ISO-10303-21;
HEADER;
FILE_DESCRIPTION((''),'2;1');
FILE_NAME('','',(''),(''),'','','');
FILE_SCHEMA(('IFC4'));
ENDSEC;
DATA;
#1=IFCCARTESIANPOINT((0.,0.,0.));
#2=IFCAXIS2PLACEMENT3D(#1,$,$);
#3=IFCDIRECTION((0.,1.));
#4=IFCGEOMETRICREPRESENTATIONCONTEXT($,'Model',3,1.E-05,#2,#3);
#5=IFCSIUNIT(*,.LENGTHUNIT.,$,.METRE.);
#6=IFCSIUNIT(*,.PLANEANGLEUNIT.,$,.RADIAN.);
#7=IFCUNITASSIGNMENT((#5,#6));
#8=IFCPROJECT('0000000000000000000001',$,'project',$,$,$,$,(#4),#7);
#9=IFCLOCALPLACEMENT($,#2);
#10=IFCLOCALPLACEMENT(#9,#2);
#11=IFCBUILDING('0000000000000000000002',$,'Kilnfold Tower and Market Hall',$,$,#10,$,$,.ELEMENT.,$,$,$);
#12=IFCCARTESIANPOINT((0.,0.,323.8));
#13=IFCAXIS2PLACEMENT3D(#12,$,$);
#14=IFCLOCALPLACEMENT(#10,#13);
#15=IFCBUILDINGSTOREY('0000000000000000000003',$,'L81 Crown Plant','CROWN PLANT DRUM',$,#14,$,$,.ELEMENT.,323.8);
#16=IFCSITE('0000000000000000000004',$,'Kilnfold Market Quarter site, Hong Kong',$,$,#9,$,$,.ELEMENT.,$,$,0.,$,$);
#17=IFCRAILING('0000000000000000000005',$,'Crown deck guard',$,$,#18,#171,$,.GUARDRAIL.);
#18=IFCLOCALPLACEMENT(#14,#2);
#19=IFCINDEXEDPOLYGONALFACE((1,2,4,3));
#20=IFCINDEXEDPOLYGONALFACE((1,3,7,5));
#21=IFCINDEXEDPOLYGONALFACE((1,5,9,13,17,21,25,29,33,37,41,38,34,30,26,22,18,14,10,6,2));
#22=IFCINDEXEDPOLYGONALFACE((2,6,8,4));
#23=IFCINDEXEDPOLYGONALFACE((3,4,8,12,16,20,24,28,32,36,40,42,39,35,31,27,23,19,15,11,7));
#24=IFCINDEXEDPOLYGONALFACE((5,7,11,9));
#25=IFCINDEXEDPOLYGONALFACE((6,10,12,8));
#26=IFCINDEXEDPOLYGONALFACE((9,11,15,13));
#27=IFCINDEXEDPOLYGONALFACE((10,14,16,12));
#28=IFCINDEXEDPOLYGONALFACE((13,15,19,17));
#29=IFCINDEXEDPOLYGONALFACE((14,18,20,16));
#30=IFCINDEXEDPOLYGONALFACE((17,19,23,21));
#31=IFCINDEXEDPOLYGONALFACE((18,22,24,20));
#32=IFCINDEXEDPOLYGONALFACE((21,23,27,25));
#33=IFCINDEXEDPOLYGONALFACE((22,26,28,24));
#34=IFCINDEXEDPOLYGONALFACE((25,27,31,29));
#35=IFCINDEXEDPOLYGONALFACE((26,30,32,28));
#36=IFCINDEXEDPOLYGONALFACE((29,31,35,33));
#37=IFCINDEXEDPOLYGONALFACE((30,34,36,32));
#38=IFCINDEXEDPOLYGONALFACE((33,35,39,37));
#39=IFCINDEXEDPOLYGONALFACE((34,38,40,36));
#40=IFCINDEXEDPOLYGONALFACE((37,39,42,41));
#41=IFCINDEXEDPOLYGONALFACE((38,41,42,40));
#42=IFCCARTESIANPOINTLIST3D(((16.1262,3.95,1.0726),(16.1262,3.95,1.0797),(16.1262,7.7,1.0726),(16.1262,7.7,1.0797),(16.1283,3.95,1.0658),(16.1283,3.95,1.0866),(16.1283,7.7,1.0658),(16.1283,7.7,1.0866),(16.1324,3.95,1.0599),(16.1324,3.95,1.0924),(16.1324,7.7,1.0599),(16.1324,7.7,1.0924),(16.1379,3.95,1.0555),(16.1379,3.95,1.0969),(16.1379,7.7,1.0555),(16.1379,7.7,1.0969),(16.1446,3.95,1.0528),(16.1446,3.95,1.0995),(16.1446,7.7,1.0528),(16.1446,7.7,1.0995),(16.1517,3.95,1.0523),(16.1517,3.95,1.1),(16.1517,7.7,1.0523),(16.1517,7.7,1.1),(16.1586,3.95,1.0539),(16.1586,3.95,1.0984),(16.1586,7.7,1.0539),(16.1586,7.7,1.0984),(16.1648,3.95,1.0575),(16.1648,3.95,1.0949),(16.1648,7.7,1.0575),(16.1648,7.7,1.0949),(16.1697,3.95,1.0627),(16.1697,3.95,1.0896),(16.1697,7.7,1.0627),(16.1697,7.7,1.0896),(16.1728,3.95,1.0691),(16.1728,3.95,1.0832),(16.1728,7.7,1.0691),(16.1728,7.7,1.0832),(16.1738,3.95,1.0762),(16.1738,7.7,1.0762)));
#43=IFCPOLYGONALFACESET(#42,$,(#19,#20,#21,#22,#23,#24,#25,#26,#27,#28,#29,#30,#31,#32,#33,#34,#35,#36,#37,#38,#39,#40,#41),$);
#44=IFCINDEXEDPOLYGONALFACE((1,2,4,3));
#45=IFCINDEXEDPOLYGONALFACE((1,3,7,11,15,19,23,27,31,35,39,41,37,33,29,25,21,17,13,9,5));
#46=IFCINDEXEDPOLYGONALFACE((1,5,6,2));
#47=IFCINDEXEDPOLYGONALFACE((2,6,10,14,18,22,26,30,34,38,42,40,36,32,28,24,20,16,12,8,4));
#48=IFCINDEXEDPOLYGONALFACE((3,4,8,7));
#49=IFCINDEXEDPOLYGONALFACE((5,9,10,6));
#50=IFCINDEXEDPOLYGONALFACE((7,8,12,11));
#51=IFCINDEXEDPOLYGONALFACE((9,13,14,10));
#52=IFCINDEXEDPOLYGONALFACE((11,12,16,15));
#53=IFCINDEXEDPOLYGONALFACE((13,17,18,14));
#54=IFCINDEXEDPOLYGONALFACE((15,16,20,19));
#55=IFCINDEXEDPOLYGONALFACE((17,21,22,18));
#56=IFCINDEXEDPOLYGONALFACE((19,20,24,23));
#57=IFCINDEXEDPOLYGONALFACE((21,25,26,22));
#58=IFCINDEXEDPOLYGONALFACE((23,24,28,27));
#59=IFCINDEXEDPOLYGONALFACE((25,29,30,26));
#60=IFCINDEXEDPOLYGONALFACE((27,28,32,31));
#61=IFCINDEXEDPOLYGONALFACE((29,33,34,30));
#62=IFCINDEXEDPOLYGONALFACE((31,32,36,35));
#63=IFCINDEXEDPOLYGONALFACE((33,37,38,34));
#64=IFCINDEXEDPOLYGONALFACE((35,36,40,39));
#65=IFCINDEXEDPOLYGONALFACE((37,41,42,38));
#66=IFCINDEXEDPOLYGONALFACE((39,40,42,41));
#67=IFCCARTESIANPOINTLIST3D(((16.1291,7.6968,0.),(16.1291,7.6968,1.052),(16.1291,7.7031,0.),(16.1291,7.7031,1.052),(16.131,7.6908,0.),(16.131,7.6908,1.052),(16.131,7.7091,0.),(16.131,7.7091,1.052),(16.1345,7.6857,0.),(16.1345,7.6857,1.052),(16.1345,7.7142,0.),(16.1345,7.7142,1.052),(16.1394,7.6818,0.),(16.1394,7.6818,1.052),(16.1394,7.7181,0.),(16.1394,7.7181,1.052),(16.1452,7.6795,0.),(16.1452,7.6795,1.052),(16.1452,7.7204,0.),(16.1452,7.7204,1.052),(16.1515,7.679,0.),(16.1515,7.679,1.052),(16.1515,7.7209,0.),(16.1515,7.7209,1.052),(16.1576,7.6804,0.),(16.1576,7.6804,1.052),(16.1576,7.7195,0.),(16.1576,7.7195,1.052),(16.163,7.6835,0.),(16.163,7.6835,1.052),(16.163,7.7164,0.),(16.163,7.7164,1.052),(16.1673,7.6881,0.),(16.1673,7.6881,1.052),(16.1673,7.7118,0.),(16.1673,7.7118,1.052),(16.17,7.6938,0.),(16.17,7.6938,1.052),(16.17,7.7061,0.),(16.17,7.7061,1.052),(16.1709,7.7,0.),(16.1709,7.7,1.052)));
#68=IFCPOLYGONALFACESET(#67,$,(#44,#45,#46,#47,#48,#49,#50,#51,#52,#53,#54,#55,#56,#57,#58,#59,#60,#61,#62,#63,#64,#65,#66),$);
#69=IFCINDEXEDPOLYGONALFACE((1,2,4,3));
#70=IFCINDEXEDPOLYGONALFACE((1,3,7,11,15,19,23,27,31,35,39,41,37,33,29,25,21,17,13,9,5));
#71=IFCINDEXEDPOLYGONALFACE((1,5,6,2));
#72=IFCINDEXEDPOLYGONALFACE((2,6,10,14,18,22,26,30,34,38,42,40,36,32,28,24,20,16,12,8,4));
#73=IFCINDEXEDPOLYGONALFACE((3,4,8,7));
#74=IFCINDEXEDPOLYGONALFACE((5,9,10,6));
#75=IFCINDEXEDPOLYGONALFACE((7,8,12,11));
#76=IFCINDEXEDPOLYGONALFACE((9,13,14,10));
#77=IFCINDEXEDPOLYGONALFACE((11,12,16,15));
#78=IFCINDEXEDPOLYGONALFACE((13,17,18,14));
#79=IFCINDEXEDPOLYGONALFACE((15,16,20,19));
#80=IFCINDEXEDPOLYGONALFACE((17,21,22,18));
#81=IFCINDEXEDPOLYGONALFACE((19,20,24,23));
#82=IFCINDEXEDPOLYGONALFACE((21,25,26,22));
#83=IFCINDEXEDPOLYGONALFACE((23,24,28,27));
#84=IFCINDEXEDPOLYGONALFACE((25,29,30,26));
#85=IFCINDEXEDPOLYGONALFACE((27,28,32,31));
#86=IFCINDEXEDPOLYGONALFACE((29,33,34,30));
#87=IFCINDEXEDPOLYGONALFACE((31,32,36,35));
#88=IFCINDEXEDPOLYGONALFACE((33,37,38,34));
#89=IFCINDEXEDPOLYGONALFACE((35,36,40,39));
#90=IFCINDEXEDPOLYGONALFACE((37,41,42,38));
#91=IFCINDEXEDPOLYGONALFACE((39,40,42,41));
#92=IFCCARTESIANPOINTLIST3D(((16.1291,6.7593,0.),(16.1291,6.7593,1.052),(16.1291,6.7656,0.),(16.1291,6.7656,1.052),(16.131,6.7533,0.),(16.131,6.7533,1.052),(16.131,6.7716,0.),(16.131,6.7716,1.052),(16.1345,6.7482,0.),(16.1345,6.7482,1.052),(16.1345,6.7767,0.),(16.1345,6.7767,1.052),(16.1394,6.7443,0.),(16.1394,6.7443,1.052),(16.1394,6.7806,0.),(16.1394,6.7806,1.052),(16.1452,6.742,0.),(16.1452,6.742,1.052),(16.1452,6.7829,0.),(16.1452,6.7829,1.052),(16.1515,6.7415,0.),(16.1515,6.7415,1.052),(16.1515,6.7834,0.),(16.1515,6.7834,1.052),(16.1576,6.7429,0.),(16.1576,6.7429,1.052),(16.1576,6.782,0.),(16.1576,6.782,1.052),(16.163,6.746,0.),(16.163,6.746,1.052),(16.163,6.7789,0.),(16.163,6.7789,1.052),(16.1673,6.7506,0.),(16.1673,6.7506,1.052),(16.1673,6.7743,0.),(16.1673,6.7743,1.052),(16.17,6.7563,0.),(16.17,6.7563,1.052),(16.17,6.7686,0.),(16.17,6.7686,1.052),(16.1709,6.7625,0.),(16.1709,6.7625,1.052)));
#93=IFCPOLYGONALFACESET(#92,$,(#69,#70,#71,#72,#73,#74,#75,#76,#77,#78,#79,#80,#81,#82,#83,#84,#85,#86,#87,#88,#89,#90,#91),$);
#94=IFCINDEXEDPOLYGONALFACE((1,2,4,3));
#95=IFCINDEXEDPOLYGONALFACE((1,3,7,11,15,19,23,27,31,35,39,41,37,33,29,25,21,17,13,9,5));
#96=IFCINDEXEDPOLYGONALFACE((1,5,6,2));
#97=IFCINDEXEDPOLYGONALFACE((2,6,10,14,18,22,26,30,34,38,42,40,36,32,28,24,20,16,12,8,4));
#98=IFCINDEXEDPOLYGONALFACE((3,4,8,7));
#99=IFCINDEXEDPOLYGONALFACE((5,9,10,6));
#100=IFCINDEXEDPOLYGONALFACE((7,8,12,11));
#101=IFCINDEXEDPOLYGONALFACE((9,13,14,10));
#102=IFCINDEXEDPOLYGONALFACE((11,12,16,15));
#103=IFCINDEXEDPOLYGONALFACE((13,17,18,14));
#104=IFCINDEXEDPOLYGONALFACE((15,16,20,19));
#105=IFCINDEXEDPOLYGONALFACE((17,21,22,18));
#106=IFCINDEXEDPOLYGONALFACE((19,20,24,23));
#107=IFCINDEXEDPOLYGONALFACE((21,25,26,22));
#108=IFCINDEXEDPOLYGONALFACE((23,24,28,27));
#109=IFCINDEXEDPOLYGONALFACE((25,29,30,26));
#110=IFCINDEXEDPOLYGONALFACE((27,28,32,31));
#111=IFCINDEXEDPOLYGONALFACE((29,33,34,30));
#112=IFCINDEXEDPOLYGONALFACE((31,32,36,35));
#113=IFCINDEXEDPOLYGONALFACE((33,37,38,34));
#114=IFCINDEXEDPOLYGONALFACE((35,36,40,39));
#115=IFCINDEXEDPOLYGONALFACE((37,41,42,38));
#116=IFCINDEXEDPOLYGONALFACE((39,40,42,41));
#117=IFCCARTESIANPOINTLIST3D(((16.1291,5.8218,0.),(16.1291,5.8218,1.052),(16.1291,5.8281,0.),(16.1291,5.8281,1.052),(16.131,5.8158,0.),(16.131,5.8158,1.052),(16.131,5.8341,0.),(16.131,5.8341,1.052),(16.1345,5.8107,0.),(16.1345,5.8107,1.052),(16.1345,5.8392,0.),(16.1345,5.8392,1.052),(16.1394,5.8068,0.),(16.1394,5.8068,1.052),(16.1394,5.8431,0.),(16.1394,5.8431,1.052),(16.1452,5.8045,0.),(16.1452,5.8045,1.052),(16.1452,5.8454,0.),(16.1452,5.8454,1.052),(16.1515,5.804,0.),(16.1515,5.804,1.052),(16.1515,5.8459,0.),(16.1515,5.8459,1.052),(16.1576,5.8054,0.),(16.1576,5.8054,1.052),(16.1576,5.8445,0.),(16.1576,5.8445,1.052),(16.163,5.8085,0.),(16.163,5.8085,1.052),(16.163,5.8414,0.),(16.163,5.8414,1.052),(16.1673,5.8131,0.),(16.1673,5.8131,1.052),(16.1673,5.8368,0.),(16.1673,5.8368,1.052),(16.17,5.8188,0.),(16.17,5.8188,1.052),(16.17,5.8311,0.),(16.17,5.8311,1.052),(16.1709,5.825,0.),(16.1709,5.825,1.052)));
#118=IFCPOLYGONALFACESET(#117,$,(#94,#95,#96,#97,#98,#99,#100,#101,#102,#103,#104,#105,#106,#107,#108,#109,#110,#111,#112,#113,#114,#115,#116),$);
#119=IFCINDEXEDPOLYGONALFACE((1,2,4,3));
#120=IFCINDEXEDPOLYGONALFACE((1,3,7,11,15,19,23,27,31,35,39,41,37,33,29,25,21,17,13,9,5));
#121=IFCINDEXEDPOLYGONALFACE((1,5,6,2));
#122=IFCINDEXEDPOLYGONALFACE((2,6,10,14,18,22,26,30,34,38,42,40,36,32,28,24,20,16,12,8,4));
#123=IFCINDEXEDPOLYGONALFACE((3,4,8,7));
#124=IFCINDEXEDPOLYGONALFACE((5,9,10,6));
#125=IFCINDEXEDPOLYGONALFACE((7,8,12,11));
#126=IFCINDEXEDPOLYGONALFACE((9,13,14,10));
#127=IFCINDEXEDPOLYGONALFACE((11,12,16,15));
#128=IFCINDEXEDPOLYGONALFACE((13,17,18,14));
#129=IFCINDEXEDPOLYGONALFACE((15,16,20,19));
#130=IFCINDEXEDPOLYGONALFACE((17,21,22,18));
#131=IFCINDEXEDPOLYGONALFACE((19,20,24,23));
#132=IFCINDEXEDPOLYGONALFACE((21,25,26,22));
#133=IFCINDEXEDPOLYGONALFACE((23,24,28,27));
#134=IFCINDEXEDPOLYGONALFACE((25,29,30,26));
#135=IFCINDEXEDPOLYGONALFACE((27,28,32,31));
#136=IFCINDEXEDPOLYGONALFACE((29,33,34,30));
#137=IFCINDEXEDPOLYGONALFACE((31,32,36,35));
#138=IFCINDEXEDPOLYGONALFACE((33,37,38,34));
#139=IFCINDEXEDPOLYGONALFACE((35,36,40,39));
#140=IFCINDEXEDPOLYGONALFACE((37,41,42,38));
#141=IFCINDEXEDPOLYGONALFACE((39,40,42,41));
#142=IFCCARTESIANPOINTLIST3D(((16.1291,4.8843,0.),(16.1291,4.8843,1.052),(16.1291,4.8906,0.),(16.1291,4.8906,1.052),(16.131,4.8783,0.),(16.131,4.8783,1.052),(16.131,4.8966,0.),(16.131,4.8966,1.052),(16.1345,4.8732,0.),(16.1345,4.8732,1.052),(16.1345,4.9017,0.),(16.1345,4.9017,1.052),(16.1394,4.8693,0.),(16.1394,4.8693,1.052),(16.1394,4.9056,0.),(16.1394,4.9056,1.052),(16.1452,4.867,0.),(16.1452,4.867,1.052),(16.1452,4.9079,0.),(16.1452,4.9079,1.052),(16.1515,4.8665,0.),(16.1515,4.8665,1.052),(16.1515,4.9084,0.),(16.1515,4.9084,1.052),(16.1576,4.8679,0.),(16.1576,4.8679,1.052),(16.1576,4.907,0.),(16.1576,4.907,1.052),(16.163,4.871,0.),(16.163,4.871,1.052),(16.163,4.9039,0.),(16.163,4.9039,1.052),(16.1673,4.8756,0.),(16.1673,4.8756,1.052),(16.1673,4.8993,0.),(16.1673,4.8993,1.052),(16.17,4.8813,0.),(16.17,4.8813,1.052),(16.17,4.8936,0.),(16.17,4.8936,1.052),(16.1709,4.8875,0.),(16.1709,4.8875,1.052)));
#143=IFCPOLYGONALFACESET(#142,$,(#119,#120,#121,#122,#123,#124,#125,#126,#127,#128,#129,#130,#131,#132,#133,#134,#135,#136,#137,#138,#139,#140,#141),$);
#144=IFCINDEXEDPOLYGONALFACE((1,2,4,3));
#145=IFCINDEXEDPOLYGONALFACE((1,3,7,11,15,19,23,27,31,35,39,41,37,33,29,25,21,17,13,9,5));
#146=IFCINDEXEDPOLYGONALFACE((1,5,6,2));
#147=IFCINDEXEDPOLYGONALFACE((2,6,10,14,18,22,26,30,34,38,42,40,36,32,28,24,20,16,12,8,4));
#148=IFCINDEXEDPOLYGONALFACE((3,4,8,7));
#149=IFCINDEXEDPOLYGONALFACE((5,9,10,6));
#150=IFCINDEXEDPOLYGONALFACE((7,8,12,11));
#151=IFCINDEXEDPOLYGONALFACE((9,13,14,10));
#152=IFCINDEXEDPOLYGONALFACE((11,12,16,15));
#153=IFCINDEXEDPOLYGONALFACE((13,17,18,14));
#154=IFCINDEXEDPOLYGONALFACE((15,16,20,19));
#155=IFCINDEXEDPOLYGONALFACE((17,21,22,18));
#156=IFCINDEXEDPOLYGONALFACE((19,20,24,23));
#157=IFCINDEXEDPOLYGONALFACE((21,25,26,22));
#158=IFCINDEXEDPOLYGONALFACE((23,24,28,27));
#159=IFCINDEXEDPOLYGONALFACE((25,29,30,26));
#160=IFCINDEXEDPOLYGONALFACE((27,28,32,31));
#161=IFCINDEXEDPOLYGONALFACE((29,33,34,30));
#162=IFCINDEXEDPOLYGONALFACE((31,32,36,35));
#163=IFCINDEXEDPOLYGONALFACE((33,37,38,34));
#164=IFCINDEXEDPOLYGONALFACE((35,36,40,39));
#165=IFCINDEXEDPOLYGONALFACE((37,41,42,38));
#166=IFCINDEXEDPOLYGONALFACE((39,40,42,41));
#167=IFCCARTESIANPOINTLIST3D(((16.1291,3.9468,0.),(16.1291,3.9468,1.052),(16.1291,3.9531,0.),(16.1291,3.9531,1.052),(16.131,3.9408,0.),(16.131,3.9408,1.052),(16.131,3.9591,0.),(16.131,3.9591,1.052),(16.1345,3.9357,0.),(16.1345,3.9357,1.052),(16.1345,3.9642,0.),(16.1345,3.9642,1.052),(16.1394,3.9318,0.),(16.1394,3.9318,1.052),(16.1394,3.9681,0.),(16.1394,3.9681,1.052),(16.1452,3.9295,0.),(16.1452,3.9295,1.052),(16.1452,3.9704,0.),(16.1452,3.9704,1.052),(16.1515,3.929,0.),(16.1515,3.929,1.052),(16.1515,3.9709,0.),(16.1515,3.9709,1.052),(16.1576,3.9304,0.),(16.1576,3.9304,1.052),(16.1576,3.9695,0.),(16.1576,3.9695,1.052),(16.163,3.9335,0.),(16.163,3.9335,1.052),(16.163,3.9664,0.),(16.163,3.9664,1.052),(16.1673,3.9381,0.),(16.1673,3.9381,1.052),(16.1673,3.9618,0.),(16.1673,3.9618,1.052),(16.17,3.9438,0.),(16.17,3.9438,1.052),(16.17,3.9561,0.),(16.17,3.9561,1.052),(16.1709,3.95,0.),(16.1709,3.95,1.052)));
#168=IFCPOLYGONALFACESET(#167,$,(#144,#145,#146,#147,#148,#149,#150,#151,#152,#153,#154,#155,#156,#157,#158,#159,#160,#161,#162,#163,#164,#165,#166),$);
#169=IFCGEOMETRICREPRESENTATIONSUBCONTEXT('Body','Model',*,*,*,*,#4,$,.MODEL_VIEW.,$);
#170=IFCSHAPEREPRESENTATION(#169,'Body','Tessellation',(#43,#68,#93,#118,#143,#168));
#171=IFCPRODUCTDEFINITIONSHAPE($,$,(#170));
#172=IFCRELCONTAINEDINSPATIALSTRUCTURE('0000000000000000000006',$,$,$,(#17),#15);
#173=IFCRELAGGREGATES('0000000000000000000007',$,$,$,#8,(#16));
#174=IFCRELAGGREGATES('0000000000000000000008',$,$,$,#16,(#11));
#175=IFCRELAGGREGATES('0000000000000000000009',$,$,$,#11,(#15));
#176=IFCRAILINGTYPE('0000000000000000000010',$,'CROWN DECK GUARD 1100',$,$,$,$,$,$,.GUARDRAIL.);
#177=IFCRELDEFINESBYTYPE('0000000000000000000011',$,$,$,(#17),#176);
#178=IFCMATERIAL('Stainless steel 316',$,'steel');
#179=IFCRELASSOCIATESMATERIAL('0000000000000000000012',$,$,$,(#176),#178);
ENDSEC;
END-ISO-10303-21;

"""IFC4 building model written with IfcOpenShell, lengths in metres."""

from ifc_helpers import new_model, si_unit, direction, frame, origin, origin_2d, place, context, subcontext, project, spatial, circle, extrude, material, type_object, element, save


model = new_model("IFC4")

# Units and contexts
model_context = context("Model", 3, precision=1e-05, world=origin(), true_north=direction((0.0, 1.0)))
body_context = subcontext(model_context, "Body", "Model", "MODEL_VIEW")
ifc_project = project(units=[si_unit("LENGTHUNIT", "METRE"), si_unit("PLANEANGLEUNIT", "RADIAN")], contexts=[model_context])

# Site, building, storey
site_placement = place(None, origin())
site = spatial("IfcSite", under=ifc_project, at=site_placement, Name="Kilnfold Market Quarter site, Hong Kong", CompositionType="ELEMENT", RefElevation=0.0)
building_placement = place(site_placement, origin())
building = spatial("IfcBuilding", under=site, at=building_placement, Name="Kilnfold Tower and Market Hall", CompositionType="ELEMENT")
storey_placement = place(building_placement, frame((0.0, 0.0, 323.8)))
storey = spatial("IfcBuildingStorey", under=building, at=storey_placement, Name="L81 Crown Plant", Description="CROWN PLANT DRUM", CompositionType="ELEMENT", Elevation=323.8)

# Railing
ifc_material_1 = material(Name="Stainless steel 316", Category="steel")
railing_type = type_object("IfcRailingType", Name="CROWN DECK GUARD 1100", PredefinedType="GUARDRAIL", material=ifc_material_1)
railing_1_placement = place(storey_placement, frame((16.1499, 7.7, 0.0)))
element("IfcRailing", 1, at=railing_1_placement, inside=storey, type_object=railing_type, Name="Crown deck guard", PredefinedType="GUARDRAIL", context=body_context, shape_type="SweptSolid", body=[
    extrude(circle(Radius=0.0239, at=origin_2d()), frame((0.0, 0.0, 1.0762), z_axis=(0.0, -1.0, 0.0), x_axis=(1.0, 0.0, 0.0)), (0.0, 0.0, 1.0), 3.75),
    extrude(circle(Radius=0.021, at=origin_2d()), origin(), (0.0, 0.0, 1.0), 1.052),
    extrude(circle(Radius=0.021, at=origin_2d()), frame((0.0, -0.9375, 0.0)), (0.0, 0.0, 1.0), 1.052),
    extrude(circle(Radius=0.021, at=origin_2d()), frame((0.0, -1.875, 0.0)), (0.0, 0.0, 1.0), 1.052),
    extrude(circle(Radius=0.021, at=origin_2d()), frame((0.0, -2.8125, 0.0)), (0.0, 0.0, 1.0), 1.052),
    extrude(circle(Radius=0.021, at=origin_2d()), frame((0.0, -3.75, 0.0)), (0.0, 0.0, 1.0), 1.052),
])

save(model, "model.ifc")
